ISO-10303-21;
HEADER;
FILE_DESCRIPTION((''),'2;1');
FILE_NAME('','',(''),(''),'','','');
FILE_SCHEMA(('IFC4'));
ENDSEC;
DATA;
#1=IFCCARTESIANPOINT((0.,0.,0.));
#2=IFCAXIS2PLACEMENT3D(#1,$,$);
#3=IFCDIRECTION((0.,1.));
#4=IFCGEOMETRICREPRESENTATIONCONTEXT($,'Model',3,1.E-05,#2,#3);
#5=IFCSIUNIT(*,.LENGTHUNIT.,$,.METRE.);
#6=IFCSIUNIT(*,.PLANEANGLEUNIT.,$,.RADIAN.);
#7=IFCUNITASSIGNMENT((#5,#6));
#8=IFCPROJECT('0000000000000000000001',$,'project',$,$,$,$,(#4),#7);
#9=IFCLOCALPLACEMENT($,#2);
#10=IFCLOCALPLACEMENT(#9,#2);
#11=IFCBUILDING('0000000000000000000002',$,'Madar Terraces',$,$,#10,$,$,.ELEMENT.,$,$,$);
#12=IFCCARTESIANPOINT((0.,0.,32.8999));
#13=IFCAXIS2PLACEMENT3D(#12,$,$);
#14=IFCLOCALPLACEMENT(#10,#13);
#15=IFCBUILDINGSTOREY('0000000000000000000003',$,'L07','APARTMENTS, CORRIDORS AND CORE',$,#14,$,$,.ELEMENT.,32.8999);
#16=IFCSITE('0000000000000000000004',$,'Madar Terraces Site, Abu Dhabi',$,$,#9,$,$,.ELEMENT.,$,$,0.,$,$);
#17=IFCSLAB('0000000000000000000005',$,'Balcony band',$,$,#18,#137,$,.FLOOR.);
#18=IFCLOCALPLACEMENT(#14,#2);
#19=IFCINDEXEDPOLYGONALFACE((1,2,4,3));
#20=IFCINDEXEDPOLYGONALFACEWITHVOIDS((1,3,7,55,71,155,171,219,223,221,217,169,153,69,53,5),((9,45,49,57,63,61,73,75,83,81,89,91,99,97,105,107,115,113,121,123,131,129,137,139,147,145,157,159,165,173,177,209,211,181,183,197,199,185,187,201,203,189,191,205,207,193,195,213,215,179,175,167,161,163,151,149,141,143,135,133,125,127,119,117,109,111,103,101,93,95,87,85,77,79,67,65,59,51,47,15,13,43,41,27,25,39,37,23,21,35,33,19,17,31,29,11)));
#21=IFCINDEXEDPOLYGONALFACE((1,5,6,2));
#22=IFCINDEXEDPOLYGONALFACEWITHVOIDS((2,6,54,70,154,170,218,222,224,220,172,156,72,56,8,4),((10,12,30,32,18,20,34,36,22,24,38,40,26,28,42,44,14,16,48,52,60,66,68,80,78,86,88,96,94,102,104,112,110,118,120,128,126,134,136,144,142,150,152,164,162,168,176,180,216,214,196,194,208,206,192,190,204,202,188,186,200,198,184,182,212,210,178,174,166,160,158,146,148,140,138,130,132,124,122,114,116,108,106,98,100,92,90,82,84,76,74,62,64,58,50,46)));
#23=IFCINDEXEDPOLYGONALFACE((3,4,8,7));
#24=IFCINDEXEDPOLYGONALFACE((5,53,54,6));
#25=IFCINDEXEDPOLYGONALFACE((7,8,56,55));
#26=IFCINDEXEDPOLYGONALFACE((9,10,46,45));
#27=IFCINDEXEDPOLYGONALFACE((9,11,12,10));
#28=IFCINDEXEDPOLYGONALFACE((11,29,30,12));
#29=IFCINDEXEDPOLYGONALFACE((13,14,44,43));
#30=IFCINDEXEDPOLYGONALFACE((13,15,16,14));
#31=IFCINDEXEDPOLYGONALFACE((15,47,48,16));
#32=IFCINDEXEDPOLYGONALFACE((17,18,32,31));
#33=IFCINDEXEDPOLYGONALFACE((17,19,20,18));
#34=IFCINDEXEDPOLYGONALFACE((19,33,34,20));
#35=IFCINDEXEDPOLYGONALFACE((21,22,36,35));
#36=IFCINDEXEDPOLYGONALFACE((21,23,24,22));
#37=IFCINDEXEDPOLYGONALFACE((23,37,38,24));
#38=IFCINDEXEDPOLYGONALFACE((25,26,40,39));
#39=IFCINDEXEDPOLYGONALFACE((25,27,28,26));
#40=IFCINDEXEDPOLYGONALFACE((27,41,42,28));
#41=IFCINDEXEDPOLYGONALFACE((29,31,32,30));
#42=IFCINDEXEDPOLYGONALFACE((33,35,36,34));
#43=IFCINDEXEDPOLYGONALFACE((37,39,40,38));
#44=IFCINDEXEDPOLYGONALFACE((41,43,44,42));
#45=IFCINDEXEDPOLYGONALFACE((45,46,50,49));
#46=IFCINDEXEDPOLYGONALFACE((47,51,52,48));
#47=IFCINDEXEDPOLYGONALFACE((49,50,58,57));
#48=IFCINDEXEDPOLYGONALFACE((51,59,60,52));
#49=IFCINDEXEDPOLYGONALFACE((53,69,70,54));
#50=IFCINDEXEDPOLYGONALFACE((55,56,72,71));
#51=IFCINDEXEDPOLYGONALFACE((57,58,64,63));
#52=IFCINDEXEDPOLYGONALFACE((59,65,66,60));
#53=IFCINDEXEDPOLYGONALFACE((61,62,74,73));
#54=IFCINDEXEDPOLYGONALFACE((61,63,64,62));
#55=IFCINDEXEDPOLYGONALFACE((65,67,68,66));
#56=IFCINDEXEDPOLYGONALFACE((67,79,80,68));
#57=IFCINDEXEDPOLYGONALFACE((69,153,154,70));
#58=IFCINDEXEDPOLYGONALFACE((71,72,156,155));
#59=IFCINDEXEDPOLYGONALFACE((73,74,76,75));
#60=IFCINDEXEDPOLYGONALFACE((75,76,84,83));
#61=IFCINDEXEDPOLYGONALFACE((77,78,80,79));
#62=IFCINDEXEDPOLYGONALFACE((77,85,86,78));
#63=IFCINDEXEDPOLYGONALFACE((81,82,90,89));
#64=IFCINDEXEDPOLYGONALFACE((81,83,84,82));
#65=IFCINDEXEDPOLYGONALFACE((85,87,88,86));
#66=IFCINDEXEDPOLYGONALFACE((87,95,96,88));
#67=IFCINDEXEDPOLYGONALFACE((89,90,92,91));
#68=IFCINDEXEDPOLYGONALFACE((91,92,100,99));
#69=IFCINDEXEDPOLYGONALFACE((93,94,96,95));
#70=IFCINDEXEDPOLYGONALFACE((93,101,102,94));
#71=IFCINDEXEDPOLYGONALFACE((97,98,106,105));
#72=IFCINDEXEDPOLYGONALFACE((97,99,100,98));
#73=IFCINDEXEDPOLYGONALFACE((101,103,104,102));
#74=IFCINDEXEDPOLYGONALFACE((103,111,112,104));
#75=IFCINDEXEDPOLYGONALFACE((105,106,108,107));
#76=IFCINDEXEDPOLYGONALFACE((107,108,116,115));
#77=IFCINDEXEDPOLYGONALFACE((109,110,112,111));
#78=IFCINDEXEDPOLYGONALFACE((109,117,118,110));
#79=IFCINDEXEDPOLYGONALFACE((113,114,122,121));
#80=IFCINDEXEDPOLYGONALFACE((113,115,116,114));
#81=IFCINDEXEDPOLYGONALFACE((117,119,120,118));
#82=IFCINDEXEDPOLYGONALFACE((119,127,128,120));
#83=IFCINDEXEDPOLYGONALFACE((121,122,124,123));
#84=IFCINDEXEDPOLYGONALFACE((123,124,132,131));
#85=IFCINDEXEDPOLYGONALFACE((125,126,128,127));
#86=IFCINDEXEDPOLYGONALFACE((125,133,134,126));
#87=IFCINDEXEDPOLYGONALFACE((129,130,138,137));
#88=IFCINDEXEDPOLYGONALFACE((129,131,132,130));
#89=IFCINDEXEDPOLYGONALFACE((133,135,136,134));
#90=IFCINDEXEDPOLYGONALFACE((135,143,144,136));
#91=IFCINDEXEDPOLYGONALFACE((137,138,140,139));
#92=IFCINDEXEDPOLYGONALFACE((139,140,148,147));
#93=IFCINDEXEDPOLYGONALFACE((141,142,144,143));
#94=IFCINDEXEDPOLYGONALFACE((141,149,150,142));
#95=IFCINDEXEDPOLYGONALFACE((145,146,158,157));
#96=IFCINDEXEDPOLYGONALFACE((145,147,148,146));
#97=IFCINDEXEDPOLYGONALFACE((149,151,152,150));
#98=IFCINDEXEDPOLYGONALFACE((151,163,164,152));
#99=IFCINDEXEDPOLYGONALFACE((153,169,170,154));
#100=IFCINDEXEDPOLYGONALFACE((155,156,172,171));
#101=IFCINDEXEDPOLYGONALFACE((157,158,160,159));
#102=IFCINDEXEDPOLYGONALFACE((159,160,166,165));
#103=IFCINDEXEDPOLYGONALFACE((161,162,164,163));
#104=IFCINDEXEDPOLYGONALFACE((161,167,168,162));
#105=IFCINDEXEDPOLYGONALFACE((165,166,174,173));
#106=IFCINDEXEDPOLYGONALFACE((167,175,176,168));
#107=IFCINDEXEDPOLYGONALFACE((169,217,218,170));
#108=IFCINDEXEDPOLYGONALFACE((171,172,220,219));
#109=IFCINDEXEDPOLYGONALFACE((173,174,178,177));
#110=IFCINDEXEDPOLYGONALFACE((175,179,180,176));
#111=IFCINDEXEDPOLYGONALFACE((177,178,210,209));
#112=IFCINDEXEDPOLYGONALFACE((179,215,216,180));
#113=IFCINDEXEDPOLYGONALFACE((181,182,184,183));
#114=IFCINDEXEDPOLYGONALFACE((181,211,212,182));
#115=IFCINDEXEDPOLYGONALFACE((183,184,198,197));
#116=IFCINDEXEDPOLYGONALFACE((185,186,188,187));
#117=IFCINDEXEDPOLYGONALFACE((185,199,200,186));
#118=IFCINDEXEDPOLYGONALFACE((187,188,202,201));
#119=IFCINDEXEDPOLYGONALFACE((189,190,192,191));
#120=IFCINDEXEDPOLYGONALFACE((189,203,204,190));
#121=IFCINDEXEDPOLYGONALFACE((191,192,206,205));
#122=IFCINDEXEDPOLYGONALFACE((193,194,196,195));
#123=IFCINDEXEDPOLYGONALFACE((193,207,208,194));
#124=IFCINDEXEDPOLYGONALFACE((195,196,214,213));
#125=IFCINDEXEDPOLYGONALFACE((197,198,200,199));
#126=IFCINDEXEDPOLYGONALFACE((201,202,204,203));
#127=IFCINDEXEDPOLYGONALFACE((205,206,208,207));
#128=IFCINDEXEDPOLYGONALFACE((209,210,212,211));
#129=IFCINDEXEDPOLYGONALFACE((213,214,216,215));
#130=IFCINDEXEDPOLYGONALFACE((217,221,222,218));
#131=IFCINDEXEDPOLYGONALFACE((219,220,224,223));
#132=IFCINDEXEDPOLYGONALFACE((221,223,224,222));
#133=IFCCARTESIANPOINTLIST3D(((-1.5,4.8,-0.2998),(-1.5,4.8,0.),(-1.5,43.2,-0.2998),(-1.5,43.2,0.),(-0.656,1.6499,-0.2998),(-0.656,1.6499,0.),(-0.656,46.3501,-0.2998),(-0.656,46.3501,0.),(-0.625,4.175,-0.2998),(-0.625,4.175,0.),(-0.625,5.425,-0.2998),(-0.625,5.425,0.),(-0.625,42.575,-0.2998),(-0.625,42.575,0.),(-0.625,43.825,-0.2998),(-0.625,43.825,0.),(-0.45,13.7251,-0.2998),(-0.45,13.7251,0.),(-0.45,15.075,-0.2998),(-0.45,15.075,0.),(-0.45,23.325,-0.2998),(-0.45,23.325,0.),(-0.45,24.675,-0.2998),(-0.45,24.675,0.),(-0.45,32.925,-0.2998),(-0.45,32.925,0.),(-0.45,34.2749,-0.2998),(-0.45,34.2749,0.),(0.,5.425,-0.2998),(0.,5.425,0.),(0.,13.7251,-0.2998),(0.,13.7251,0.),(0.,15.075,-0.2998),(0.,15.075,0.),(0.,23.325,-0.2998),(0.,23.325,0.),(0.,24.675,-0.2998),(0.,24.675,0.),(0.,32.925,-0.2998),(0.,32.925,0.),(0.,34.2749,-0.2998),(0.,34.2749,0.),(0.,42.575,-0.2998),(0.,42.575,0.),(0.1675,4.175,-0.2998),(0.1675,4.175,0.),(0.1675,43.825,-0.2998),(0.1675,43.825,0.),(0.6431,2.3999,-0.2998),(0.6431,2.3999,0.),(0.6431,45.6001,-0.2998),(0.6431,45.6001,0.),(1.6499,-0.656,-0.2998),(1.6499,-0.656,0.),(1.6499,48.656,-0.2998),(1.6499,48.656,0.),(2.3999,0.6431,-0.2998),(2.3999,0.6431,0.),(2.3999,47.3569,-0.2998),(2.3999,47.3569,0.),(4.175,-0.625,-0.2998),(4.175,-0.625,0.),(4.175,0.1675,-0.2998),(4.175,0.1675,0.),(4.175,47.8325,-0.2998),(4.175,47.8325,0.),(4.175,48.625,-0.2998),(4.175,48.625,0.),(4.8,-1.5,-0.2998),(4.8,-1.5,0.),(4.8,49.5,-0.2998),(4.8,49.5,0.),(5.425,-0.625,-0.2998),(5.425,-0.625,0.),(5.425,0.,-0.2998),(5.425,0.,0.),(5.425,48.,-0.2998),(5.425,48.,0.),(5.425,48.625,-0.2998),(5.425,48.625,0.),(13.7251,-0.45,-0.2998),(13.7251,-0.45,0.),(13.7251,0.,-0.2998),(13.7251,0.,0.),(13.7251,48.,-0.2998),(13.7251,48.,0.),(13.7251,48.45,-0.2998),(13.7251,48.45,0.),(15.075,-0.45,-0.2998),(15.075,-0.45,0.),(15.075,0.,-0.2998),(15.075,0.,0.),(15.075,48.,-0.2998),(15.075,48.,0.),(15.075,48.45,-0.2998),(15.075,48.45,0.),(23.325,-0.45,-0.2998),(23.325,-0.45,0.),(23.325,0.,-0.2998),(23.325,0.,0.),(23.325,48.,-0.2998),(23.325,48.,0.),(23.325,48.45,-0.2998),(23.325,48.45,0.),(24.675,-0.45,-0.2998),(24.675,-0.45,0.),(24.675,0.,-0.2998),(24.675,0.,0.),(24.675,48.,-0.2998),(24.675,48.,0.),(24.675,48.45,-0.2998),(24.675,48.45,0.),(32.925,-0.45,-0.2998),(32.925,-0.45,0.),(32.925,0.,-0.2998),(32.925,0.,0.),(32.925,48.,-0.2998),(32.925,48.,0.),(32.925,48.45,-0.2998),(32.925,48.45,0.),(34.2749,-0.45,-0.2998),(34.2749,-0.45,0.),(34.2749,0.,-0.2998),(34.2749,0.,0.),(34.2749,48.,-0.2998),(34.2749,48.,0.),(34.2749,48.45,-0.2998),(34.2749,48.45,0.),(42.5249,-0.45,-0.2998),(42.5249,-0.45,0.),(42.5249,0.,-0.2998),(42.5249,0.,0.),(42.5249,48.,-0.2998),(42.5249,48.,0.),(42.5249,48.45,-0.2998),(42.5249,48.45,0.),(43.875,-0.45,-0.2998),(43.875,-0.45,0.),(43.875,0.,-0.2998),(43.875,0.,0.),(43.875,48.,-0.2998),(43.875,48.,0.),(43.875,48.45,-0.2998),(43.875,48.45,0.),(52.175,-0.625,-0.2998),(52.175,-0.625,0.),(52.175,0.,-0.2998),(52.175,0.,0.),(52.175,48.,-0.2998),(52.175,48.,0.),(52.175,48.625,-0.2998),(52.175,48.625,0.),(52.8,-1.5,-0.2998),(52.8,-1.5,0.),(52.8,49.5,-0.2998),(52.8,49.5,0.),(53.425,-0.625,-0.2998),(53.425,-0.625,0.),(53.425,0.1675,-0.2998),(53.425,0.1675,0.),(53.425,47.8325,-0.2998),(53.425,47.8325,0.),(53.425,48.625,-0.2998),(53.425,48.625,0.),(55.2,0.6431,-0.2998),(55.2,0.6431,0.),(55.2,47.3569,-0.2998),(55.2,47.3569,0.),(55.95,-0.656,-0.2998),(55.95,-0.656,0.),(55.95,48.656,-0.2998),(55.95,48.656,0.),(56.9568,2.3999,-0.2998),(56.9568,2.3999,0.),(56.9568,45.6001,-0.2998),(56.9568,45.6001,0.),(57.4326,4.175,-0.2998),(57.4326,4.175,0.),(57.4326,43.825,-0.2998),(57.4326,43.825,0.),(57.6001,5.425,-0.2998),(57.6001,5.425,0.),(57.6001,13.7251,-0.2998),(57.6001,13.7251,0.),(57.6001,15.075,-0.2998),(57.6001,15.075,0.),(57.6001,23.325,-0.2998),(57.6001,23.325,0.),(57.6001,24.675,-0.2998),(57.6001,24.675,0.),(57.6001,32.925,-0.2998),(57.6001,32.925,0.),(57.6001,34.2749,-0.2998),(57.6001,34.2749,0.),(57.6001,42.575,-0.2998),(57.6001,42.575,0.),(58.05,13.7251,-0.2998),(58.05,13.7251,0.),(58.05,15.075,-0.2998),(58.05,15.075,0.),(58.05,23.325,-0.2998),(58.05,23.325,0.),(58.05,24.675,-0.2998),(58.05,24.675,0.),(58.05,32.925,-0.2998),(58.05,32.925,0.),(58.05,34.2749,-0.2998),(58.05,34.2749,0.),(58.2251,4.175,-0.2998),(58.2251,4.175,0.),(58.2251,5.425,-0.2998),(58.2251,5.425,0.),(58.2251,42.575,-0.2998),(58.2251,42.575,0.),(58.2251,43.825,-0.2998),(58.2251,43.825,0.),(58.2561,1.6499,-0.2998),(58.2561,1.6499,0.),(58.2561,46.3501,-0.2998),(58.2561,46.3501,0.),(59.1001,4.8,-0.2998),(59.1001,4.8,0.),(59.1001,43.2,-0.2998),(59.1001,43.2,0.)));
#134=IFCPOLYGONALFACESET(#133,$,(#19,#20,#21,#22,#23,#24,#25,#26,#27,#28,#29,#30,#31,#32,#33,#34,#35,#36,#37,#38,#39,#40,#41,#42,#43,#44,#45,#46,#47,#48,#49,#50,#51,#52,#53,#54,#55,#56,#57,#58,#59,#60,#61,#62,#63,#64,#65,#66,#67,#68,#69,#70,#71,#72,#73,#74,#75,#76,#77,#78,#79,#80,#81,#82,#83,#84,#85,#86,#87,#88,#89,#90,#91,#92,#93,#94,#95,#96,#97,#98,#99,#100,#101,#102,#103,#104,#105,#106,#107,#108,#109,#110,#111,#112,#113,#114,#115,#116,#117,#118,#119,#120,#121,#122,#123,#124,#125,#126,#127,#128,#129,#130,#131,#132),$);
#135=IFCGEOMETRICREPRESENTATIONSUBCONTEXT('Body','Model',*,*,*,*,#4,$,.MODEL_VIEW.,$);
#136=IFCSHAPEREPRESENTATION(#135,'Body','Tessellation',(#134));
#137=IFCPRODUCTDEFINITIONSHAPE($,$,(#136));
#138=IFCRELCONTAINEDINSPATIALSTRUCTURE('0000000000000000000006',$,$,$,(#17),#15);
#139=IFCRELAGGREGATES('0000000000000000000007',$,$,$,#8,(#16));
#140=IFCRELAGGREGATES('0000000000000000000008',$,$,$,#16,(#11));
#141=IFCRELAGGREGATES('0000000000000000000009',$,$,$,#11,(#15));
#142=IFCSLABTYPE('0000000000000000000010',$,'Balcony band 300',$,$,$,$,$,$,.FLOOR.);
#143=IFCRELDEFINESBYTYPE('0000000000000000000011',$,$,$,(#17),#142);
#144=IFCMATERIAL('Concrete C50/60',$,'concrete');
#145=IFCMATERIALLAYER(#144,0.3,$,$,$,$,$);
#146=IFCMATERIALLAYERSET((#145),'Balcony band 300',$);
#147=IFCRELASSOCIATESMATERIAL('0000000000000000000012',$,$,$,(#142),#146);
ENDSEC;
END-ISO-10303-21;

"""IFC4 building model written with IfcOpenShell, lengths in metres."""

from ifc_helpers import new_model, si_unit, direction, frame, origin, place, context, subcontext, project, spatial, polyline, outline, extrude, material, layer, layer_set, type_object, element, save


model = new_model("IFC4")

# Units and contexts
model_context = context("Model", 3, precision=1e-05, world=origin(), true_north=direction((0.0, 1.0)))
body_context = subcontext(model_context, "Body", "Model", "MODEL_VIEW")
ifc_project = project(units=[si_unit("LENGTHUNIT", "METRE"), si_unit("PLANEANGLEUNIT", "RADIAN")], contexts=[model_context])

# Site, building, storey
site_placement = place(None, origin())
site = spatial("IfcSite", under=ifc_project, at=site_placement, Name="Madar Terraces Site, Abu Dhabi", CompositionType="ELEMENT", RefElevation=0.0)
building_placement = place(site_placement, origin())
building = spatial("IfcBuilding", under=site, at=building_placement, Name="Madar Terraces", CompositionType="ELEMENT")
storey_placement = place(building_placement, frame((0.0, 0.0, 32.8999)))
storey = spatial("IfcBuildingStorey", under=building, at=storey_placement, Name="L07", Description="APARTMENTS, CORRIDORS AND CORE", CompositionType="ELEMENT", Elevation=32.8999)

# Slab
ifc_material_1 = material(Name="Concrete C50/60", Category="concrete")
ifc_layer_1 = layer(ifc_material_1, 0.3)
ifc_layer_set_1 = layer_set([ifc_layer_1], Name="Balcony band 300")
slab_type_1 = type_object("IfcSlabType", Name="Balcony band 300", PredefinedType="FLOOR", material=ifc_layer_set_1)
slab_1_placement = place(storey_placement, frame((0.0, 0.0, -0.2998)))
element("IfcSlab", 1, at=slab_1_placement, inside=storey, type_object=slab_type_1, Name="Balcony band", PredefinedType="FLOOR", context=body_context, shape_type="SweptSolid", body=[
    extrude(outline(polyline([(4.8, -1.5), (1.6499, -0.656), (-0.656, 1.6499), (-1.5, 4.8), (-1.5, 43.2), (-0.656, 46.3501), (1.6499, 48.656), (4.8, 49.5), (52.8, 49.5), (55.95, 48.656), (58.2561, 46.3501), (59.1001, 43.2), (59.1001, 4.8), (58.2561, 1.6499), (55.95, -0.656), (52.8, -1.5), (4.8, -1.5)]), holes=[polyline([(5.425, -0.625), (5.425, 0.0), (13.7251, 0.0), (13.7251, -0.45), (15.075, -0.45), (15.075, 0.0), (23.325, 0.0), (23.325, -0.45), (24.675, -0.45), (24.675, 0.0), (32.925, 0.0), (32.925, -0.45), (34.2749, -0.45), (34.2749, 0.0), (42.5249, 0.0), (42.5249, -0.45), (43.875, -0.45), (43.875, 0.0), (52.175, 0.0), (52.175, -0.625), (53.425, -0.625), (53.425, 0.1675), (55.2, 0.6431), (56.9568, 2.3999), (57.4326, 4.175), (58.2251, 4.175), (58.2251, 5.425), (57.6001, 5.425), (57.6001, 13.7251), (58.05, 13.7251), (58.05, 15.075), (57.6001, 15.075), (57.6001, 23.325), (58.05, 23.325), (58.05, 24.675), (57.6001, 24.675), (57.6001, 32.925), (58.05, 32.925), (58.05, 34.2749), (57.6001, 34.2749), (57.6001, 42.575), (58.2251, 42.575), (58.2251, 43.825), (57.4326, 43.825), (56.9568, 45.6001), (55.2, 47.3569), (53.425, 47.8325), (53.425, 48.625), (52.175, 48.625), (52.175, 48.0), (43.875, 48.0), (43.875, 48.45), (42.5249, 48.45), (42.5249, 48.0), (34.2749, 48.0), (34.2749, 48.45), (32.925, 48.45), (32.925, 48.0), (24.675, 48.0), (24.675, 48.45), (23.325, 48.45), (23.325, 48.0), (15.075, 48.0), (15.075, 48.45), (13.7251, 48.45), (13.7251, 48.0), (5.425, 48.0), (5.425, 48.625), (4.175, 48.625), (4.175, 47.8325), (2.3999, 47.3569), (0.6431, 45.6001), (0.1675, 43.825), (-0.625, 43.825), (-0.625, 42.575), (0.0, 42.575), (0.0, 34.2749), (-0.45, 34.2749), (-0.45, 32.925), (0.0, 32.925), (0.0, 24.675), (-0.45, 24.675), (-0.45, 23.325), (0.0, 23.325), (0.0, 15.075), (-0.45, 15.075), (-0.45, 13.7251), (0.0, 13.7251), (0.0, 5.425), (-0.625, 5.425), (-0.625, 4.175), (0.1675, 4.175), (0.6431, 2.3999), (2.3999, 0.6431), (4.175, 0.1675), (4.175, -0.625), (5.425, -0.625)])]), origin(), (0.0, 0.0, 1.0), 0.2998),
])

save(model, "model.ifc")
